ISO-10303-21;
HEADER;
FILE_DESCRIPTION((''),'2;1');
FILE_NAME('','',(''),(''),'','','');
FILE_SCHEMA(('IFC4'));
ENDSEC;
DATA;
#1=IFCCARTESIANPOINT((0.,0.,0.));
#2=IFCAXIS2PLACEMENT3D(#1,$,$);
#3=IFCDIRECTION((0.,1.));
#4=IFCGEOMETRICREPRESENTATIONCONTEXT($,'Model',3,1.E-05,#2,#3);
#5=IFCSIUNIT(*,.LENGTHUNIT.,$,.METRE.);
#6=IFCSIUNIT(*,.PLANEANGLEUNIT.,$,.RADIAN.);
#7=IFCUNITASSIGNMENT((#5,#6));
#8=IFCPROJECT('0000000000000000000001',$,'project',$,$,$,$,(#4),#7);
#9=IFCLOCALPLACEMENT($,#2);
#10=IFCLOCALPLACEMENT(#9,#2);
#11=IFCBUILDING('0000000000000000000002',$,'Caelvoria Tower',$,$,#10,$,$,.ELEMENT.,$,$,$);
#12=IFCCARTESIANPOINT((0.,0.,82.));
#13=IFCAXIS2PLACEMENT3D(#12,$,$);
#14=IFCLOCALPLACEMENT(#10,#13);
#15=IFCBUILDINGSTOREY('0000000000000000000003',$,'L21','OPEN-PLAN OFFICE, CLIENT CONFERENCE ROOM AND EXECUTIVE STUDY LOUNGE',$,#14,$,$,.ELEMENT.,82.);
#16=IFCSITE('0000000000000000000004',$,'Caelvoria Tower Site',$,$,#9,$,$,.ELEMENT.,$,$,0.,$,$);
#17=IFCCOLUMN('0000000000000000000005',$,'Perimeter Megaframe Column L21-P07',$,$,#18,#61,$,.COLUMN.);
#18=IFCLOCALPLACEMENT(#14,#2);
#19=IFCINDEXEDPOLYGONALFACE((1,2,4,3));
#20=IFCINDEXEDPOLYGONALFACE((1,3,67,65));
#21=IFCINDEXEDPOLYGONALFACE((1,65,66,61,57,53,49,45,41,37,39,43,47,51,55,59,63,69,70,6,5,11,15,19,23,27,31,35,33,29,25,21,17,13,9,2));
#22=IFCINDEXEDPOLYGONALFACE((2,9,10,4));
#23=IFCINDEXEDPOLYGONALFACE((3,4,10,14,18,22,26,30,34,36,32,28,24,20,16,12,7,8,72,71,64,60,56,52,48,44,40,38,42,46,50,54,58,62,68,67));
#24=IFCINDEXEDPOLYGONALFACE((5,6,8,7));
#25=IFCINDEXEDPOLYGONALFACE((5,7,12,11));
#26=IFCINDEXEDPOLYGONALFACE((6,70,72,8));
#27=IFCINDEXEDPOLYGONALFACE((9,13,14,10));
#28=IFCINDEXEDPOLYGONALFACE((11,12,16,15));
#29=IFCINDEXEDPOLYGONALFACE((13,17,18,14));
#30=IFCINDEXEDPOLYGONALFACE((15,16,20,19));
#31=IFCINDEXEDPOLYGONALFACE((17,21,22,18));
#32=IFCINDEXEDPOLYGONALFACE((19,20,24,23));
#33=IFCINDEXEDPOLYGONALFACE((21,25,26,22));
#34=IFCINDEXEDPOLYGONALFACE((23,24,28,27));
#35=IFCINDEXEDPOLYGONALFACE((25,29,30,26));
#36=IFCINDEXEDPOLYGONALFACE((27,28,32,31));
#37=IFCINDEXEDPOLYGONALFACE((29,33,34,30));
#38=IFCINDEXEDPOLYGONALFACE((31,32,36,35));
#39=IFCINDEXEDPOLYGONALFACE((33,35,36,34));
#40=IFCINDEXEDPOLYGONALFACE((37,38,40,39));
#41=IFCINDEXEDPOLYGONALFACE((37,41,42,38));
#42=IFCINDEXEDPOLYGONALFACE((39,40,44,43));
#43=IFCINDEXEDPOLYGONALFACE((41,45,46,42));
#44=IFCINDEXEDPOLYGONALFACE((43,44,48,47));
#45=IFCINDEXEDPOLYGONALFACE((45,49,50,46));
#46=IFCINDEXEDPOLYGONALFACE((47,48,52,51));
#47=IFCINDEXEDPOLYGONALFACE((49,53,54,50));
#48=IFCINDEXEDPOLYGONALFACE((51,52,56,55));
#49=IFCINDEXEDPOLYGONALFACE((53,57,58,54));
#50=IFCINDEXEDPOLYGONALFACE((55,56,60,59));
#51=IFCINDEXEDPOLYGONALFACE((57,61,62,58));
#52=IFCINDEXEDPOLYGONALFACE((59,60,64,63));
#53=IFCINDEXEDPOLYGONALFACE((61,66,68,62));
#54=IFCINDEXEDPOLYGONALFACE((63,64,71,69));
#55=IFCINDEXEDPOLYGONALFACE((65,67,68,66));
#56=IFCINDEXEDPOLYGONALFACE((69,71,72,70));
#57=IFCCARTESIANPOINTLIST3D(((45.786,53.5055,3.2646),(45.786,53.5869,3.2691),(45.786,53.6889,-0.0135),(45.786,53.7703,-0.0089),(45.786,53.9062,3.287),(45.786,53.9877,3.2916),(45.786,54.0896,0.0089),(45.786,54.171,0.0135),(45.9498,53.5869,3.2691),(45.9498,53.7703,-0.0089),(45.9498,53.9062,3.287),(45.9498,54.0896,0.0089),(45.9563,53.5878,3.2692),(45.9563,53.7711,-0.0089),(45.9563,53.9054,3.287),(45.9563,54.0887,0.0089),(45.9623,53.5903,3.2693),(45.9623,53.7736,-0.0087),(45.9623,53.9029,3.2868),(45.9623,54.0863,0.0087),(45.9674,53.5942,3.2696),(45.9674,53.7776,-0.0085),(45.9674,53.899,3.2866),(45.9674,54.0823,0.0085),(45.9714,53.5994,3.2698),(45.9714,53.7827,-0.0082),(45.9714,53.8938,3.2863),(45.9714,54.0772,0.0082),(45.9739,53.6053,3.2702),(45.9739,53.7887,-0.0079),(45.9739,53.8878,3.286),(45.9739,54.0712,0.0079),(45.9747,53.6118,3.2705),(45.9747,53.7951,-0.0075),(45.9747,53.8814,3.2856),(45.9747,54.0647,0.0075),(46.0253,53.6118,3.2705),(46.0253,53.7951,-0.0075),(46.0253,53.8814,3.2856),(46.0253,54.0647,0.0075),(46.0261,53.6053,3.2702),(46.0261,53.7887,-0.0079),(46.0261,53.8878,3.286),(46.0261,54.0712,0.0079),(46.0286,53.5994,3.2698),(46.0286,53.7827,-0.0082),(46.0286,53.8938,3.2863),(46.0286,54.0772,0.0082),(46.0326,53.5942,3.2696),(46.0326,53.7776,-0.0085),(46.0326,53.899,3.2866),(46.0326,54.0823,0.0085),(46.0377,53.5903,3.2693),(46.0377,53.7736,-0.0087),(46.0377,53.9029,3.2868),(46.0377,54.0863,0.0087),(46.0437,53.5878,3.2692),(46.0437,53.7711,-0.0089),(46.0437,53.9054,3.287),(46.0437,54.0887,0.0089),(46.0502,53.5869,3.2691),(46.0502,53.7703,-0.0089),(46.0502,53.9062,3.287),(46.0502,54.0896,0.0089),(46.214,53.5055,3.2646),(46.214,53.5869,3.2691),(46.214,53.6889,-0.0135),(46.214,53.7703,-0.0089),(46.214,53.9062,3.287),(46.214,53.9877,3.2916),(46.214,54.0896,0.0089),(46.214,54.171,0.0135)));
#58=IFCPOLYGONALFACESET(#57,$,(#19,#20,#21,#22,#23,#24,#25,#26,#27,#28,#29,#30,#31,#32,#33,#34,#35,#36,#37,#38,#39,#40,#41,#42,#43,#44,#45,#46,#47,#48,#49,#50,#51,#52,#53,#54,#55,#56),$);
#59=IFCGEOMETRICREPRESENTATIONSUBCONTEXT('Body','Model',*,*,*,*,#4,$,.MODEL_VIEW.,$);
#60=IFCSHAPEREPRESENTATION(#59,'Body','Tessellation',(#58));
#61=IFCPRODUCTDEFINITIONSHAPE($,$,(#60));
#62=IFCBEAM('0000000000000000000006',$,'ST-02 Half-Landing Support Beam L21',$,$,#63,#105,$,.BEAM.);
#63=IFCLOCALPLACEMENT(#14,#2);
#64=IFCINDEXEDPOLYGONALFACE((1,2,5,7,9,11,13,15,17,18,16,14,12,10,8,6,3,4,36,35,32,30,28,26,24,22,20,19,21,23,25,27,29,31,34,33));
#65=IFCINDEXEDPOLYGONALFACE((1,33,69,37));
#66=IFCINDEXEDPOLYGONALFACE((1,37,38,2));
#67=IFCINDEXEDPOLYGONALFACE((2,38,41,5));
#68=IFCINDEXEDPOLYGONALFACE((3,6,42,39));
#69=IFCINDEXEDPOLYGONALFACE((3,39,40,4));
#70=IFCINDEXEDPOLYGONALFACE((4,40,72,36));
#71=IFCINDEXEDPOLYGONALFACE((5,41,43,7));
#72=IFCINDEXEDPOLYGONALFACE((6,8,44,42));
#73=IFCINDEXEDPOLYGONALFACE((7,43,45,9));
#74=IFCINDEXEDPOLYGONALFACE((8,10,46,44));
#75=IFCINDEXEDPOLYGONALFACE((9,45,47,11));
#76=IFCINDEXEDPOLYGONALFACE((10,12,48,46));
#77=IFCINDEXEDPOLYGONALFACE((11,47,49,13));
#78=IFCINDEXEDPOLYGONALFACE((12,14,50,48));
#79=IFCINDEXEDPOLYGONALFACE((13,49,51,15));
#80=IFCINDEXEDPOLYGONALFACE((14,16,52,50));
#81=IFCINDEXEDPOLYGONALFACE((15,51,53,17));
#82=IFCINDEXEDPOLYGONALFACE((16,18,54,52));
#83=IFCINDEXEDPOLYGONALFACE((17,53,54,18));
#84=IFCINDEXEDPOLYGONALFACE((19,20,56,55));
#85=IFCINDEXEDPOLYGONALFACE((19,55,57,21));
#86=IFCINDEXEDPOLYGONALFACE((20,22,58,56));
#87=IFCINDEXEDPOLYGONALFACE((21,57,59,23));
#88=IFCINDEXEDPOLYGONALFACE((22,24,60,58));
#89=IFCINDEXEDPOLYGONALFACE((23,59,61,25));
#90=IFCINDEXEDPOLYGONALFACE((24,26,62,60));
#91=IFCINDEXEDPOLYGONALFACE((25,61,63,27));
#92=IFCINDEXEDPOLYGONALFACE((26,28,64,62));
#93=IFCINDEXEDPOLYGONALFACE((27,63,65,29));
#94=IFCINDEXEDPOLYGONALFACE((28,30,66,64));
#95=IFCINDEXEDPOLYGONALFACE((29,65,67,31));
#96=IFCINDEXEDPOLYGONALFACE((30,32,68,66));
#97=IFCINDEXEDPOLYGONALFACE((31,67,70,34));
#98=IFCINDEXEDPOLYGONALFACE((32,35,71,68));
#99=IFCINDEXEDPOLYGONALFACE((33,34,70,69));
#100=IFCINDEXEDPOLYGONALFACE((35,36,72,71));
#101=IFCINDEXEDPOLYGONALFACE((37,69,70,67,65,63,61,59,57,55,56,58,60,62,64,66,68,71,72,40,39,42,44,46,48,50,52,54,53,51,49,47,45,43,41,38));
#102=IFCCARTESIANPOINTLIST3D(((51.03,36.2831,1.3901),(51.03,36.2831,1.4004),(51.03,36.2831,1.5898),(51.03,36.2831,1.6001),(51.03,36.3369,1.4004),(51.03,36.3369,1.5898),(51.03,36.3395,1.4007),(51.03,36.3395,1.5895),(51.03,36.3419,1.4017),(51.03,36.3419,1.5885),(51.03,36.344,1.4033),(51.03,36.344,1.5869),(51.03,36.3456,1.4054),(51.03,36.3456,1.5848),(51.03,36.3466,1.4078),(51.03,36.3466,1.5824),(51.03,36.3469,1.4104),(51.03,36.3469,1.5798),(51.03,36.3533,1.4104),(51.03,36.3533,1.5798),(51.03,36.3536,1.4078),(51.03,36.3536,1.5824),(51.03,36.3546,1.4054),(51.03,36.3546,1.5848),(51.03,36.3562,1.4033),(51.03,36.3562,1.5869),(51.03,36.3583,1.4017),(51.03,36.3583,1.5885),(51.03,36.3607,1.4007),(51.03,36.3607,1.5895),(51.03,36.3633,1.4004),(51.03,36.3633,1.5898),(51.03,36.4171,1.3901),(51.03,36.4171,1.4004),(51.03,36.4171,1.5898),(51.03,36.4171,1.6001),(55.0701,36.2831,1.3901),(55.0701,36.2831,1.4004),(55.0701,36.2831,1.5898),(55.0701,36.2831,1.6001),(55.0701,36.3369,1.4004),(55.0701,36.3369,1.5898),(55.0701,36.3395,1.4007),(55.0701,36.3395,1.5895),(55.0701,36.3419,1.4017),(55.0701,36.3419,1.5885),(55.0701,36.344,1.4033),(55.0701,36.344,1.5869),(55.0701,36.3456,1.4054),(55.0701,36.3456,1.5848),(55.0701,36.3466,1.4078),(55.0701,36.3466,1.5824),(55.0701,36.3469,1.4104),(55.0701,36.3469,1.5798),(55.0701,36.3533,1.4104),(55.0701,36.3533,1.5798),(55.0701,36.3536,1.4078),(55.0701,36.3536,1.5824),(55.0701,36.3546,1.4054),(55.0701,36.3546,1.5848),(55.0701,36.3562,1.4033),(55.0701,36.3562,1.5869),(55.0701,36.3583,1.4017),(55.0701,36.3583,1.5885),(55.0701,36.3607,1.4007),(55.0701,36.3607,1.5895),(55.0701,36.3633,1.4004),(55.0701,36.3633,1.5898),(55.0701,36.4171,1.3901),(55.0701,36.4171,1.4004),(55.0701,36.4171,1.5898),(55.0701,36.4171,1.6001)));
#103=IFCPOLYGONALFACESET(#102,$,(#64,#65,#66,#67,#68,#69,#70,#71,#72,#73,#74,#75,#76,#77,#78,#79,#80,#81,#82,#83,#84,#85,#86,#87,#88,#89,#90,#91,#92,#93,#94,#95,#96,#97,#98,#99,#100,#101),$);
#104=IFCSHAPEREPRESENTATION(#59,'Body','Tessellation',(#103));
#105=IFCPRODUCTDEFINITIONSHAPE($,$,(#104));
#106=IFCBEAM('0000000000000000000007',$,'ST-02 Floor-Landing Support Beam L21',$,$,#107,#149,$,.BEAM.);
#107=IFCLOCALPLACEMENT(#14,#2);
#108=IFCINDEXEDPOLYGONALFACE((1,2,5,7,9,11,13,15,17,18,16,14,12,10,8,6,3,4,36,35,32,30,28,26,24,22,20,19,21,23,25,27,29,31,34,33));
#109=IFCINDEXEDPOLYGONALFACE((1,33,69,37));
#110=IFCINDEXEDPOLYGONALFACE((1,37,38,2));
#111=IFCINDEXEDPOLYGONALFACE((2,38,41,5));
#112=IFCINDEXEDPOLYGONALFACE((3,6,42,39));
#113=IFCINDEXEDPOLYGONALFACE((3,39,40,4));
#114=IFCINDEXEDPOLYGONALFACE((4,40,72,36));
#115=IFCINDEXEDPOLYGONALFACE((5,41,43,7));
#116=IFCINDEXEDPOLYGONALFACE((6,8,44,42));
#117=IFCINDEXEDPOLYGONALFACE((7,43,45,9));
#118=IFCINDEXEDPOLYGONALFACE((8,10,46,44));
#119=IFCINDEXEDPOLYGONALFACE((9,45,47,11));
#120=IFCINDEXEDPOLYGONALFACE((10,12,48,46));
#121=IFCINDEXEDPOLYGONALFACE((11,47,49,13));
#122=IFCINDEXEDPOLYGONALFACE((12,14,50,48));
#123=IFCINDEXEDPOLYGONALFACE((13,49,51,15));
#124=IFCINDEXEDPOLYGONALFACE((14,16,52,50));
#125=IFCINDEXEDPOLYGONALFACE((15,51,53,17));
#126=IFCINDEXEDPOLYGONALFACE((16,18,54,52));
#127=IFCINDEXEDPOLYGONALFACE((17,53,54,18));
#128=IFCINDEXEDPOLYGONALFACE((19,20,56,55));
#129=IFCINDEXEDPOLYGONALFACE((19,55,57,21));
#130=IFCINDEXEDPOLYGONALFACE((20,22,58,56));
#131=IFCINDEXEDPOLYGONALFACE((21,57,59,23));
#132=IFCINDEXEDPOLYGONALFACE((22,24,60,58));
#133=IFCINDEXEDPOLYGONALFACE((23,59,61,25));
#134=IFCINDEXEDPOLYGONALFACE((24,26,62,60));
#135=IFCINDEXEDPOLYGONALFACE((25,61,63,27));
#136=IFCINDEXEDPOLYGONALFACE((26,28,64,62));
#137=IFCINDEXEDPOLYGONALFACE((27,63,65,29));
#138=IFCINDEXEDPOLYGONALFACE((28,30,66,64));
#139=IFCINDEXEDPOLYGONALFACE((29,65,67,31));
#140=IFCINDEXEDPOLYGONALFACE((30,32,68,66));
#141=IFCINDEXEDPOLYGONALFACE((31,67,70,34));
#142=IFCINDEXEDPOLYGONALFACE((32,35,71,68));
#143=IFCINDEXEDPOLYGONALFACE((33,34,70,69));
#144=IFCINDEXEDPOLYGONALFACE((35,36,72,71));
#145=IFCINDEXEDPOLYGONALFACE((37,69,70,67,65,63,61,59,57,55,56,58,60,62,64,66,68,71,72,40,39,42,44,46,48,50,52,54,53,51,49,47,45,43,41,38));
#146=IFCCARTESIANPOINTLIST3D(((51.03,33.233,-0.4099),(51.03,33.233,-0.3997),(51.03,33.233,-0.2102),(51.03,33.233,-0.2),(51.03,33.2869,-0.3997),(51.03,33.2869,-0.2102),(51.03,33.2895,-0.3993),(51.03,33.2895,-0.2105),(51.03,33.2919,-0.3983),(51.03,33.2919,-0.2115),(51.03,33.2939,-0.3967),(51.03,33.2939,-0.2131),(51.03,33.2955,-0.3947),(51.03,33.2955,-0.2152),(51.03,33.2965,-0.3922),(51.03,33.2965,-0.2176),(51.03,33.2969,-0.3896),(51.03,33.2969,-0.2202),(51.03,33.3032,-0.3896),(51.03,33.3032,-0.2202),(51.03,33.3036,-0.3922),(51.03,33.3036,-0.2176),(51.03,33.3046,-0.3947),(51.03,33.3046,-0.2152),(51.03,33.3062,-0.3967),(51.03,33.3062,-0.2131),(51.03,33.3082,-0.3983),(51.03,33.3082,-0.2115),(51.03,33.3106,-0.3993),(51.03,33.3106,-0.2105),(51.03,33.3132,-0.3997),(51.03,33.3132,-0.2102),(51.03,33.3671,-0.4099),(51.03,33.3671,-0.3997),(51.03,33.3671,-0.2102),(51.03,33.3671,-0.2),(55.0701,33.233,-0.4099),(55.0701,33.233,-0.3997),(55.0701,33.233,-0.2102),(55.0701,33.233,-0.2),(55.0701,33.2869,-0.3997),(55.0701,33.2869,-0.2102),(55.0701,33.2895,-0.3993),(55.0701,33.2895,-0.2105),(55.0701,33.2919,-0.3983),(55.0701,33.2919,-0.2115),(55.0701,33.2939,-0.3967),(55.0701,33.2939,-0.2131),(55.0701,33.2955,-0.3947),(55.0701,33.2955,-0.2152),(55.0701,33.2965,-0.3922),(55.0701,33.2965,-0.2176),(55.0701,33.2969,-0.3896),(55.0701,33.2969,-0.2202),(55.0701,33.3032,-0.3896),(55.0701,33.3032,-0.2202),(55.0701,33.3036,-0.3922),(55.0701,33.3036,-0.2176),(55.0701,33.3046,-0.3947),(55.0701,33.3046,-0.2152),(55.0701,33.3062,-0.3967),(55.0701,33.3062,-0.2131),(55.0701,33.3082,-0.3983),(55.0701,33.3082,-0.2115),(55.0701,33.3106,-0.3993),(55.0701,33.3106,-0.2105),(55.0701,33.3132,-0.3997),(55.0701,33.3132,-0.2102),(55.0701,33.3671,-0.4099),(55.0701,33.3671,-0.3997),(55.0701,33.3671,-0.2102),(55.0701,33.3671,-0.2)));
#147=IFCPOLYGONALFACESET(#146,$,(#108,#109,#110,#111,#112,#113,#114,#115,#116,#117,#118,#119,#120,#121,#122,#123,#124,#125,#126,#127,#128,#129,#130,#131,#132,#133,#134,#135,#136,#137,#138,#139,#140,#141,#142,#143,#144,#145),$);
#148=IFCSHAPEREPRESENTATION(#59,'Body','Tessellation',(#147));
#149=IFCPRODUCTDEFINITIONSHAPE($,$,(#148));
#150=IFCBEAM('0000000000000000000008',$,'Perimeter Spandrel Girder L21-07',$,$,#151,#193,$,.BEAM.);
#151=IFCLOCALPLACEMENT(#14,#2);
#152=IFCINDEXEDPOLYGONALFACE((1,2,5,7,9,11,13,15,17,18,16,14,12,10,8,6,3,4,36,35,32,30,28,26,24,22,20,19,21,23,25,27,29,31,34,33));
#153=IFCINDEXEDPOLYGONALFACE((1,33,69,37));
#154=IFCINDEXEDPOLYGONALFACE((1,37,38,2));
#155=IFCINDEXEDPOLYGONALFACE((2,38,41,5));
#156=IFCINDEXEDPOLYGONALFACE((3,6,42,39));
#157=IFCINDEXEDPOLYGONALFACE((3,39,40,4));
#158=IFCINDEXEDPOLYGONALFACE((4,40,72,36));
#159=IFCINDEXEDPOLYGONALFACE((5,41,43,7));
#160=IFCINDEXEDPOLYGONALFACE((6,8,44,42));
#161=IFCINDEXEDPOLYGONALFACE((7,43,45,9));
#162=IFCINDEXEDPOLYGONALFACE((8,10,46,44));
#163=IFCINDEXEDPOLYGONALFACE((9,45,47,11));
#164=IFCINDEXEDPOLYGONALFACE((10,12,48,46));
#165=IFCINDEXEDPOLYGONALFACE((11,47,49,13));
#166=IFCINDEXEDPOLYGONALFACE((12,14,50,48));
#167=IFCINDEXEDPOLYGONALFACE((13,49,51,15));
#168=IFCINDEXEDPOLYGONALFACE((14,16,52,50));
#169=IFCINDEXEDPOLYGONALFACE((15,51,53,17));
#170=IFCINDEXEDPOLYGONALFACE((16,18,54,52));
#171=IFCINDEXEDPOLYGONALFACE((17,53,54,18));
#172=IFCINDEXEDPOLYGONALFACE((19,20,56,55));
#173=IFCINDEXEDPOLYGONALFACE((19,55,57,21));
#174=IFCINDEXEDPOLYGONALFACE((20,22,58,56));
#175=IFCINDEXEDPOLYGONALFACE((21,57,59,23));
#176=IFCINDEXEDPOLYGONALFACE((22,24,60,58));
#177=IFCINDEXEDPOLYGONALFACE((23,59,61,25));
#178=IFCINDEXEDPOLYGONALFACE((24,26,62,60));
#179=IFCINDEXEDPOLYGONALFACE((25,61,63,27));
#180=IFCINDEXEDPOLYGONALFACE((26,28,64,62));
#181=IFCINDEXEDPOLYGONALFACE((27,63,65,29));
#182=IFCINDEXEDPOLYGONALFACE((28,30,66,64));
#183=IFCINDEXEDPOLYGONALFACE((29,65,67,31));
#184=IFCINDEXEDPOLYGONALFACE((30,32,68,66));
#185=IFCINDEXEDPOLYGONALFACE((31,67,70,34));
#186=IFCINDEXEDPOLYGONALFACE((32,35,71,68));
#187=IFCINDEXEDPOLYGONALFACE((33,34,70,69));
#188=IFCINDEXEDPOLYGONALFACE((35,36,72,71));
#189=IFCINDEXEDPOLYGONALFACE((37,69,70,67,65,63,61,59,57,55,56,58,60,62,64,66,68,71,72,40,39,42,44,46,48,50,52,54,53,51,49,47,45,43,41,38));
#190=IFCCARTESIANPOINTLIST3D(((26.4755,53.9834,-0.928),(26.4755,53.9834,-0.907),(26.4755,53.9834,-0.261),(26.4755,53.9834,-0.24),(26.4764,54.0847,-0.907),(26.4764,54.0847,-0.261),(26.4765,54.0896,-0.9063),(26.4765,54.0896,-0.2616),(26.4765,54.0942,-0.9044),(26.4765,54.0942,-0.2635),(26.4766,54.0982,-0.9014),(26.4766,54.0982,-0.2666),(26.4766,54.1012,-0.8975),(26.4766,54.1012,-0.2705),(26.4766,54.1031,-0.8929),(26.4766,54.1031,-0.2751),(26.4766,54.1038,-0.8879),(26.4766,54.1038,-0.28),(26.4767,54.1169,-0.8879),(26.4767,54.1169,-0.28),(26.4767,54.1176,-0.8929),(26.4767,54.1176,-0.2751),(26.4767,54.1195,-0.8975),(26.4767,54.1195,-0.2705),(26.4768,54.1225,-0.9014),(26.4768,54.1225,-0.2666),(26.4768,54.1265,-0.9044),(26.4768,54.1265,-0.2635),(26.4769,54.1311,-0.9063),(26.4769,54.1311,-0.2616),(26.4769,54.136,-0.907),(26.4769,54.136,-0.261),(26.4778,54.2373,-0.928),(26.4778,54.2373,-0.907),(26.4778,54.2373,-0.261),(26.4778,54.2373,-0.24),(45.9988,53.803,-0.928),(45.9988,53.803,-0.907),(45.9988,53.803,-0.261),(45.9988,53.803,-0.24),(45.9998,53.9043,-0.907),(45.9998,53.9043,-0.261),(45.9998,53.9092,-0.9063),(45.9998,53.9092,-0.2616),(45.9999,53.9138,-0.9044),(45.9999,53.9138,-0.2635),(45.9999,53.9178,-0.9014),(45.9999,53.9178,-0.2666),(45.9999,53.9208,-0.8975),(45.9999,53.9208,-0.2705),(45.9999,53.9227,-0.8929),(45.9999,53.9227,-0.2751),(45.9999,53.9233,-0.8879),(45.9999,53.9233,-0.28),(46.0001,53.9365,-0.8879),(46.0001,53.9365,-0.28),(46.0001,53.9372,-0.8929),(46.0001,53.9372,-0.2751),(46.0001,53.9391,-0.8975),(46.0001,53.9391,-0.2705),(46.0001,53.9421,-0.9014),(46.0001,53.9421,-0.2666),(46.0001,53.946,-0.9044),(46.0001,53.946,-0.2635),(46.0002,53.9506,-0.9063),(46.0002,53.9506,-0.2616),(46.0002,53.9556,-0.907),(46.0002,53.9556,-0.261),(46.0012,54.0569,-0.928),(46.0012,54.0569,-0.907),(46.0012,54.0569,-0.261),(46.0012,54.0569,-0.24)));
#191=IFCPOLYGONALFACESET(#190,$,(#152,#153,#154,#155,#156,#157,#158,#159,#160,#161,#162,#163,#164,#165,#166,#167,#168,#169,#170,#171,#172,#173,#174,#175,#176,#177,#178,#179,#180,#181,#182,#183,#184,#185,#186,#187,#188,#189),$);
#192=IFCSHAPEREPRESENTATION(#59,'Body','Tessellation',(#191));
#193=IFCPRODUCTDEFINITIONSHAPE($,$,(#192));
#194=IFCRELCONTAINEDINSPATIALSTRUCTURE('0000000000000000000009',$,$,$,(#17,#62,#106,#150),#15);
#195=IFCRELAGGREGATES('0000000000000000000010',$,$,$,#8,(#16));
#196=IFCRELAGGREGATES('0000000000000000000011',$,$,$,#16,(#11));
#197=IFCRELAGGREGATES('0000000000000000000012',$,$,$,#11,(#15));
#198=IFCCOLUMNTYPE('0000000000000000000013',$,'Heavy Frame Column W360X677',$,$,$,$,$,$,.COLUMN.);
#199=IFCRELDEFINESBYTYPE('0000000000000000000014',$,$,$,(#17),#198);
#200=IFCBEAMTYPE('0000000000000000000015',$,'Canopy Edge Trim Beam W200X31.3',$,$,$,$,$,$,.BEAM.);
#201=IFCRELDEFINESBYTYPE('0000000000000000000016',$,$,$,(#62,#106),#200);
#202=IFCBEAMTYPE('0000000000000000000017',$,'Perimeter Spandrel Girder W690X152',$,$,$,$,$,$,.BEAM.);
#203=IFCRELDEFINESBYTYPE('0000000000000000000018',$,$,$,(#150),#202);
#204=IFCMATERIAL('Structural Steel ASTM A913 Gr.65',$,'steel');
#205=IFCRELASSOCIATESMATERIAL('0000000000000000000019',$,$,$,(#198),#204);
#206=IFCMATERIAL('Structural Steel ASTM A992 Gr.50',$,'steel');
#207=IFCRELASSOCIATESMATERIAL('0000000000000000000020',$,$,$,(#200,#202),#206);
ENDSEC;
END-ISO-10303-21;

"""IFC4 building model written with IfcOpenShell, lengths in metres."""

from ifc_helpers import new_model, si_unit, direction, frame, origin, origin_2d, place, context, subcontext, project, spatial, i_section, extrude, material, material_profile, profile_set, type_object, element, save


model = new_model("IFC4")

# Units and contexts
model_context = context("Model", 3, precision=1e-05, world=origin(), true_north=direction((0.0, 1.0)))
body_context = subcontext(model_context, "Body", "Model", "MODEL_VIEW")
ifc_project = project(units=[si_unit("LENGTHUNIT", "METRE"), si_unit("PLANEANGLEUNIT", "RADIAN")], contexts=[model_context])

# Site, building, storey
site_placement = place(None, origin())
site = spatial("IfcSite", under=ifc_project, at=site_placement, Name="Caelvoria Tower Site", CompositionType="ELEMENT", RefElevation=0.0)
building_placement = place(site_placement, origin())
building = spatial("IfcBuilding", under=site, at=building_placement, Name="Caelvoria Tower", CompositionType="ELEMENT")
storey_placement = place(building_placement, frame((0.0, 0.0, 82.0)))
storey = spatial("IfcBuildingStorey", under=building, at=storey_placement, Name="L21", Description="OPEN-PLAN OFFICE, CLIENT CONFERENCE ROOM AND EXECUTIVE STUDY LOUNGE", CompositionType="ELEMENT", Elevation=82.0)

# Column
ifc_material_1 = material(Name="Structural Steel ASTM A913 Gr.65", Category="steel")
ifc_material_profile_1 = material_profile(ifc_material_1, i_section(OverallWidth=0.428, OverallDepth=0.4829, WebThickness=0.0505, FlangeThickness=0.0815, FilletRadius=0.0249, at=origin_2d()), Name="Structural Steel ASTM A913 Gr.65")
ifc_profile_set_1 = profile_set([ifc_material_profile_1], Name="W360X677 - Structural Steel ASTM A913 Gr.65")
column_type = type_object("IfcColumnType", Name="Heavy Frame Column W360X677", PredefinedType="COLUMN", material=ifc_profile_set_1)
column_placement = place(storey_placement, frame((46.0, 53.9299, 0.0), z_axis=(0.0, -0.055845, 0.998439), x_axis=(1.0, 0.0, 0.0)))
element("IfcColumn", 1, at=column_placement, inside=storey, type_object=column_type, Name="Perimeter Megaframe Column L21-P07", PredefinedType="COLUMN", context=body_context, shape_type="SweptSolid", body=[
    extrude(i_section(OverallWidth=0.428, OverallDepth=0.4829, WebThickness=0.0505, FlangeThickness=0.0815, FilletRadius=0.0249, at=origin_2d()), origin(), (0.0, 0.0, 1.0), 3.2832),
])

# Beams
ifc_material_2 = material(Name="Structural Steel ASTM A992 Gr.50", Category="steel")
ifc_material_profile_2 = material_profile(ifc_material_2, i_section(OverallWidth=0.134, OverallDepth=0.21, WebThickness=0.0063, FlangeThickness=0.0103, FilletRadius=0.01, at=origin_2d()), Name="Structural Steel ASTM A992 Gr.50")
ifc_profile_set_2 = profile_set([ifc_material_profile_2], Name="W200X31.3 - Structural Steel ASTM A992 Gr.50")
beam_type_1 = type_object("IfcBeamType", Name="Canopy Edge Trim Beam W200X31.3", PredefinedType="BEAM", material=ifc_profile_set_2)
for number, where, z_axis, x_axis, name in (
    (2, (51.03, 36.3501, 1.4951), (1.0, 0.0, 0.0), (0.0, 1.0, 0.0), "ST-02 Half-Landing Support Beam L21"),
    (3, (51.03, 33.3, -0.3049), (1.0, 0.0, 0.0), (0.0, 1.0, 0.0), "ST-02 Floor-Landing Support Beam L21"),
):
    element("IfcBeam", number, at=place(storey_placement, frame(where, z_axis=z_axis, x_axis=x_axis)), inside=storey, type_object=beam_type_1, Name=name, PredefinedType="BEAM", context=body_context, shape_type="SweptSolid", body=[
        extrude(i_section(OverallWidth=0.134, OverallDepth=0.21, WebThickness=0.0063, FlangeThickness=0.0103, FilletRadius=0.01, at=origin_2d()), origin(), (0.0, 0.0, 1.0), 4.04),
    ])
ifc_material_profile_3 = material_profile(ifc_material_2, i_section(OverallWidth=0.2539, OverallDepth=0.688, WebThickness=0.0132, FlangeThickness=0.021, FilletRadius=0.019, at=origin_2d()), Name="Structural Steel ASTM A992 Gr.50")
ifc_profile_set_3 = profile_set([ifc_material_profile_3], Name="W690X152 - Structural Steel ASTM A992 Gr.50")
beam_type_2 = type_object("IfcBeamType", Name="Perimeter Spandrel Girder W690X152", PredefinedType="BEAM", material=ifc_profile_set_3)
beam_1_placement = place(storey_placement, frame((46.0, 53.9299, -0.584), z_axis=(-0.999957, 0.009241, 0.0), x_axis=(-0.009241, -0.999957, 0.0)))
element("IfcBeam", 4, at=beam_1_placement, inside=storey, type_object=beam_type_2, Name="Perimeter Spandrel Girder L21-07", PredefinedType="BEAM", context=body_context, shape_type="SweptSolid", body=[
    extrude(i_section(OverallWidth=0.2539, OverallDepth=0.688, WebThickness=0.0132, FlangeThickness=0.021, FilletRadius=0.019, at=origin_2d()), origin(), (0.0, 0.0, 1.0), 19.5242),
])

save(model, "model.ifc")
